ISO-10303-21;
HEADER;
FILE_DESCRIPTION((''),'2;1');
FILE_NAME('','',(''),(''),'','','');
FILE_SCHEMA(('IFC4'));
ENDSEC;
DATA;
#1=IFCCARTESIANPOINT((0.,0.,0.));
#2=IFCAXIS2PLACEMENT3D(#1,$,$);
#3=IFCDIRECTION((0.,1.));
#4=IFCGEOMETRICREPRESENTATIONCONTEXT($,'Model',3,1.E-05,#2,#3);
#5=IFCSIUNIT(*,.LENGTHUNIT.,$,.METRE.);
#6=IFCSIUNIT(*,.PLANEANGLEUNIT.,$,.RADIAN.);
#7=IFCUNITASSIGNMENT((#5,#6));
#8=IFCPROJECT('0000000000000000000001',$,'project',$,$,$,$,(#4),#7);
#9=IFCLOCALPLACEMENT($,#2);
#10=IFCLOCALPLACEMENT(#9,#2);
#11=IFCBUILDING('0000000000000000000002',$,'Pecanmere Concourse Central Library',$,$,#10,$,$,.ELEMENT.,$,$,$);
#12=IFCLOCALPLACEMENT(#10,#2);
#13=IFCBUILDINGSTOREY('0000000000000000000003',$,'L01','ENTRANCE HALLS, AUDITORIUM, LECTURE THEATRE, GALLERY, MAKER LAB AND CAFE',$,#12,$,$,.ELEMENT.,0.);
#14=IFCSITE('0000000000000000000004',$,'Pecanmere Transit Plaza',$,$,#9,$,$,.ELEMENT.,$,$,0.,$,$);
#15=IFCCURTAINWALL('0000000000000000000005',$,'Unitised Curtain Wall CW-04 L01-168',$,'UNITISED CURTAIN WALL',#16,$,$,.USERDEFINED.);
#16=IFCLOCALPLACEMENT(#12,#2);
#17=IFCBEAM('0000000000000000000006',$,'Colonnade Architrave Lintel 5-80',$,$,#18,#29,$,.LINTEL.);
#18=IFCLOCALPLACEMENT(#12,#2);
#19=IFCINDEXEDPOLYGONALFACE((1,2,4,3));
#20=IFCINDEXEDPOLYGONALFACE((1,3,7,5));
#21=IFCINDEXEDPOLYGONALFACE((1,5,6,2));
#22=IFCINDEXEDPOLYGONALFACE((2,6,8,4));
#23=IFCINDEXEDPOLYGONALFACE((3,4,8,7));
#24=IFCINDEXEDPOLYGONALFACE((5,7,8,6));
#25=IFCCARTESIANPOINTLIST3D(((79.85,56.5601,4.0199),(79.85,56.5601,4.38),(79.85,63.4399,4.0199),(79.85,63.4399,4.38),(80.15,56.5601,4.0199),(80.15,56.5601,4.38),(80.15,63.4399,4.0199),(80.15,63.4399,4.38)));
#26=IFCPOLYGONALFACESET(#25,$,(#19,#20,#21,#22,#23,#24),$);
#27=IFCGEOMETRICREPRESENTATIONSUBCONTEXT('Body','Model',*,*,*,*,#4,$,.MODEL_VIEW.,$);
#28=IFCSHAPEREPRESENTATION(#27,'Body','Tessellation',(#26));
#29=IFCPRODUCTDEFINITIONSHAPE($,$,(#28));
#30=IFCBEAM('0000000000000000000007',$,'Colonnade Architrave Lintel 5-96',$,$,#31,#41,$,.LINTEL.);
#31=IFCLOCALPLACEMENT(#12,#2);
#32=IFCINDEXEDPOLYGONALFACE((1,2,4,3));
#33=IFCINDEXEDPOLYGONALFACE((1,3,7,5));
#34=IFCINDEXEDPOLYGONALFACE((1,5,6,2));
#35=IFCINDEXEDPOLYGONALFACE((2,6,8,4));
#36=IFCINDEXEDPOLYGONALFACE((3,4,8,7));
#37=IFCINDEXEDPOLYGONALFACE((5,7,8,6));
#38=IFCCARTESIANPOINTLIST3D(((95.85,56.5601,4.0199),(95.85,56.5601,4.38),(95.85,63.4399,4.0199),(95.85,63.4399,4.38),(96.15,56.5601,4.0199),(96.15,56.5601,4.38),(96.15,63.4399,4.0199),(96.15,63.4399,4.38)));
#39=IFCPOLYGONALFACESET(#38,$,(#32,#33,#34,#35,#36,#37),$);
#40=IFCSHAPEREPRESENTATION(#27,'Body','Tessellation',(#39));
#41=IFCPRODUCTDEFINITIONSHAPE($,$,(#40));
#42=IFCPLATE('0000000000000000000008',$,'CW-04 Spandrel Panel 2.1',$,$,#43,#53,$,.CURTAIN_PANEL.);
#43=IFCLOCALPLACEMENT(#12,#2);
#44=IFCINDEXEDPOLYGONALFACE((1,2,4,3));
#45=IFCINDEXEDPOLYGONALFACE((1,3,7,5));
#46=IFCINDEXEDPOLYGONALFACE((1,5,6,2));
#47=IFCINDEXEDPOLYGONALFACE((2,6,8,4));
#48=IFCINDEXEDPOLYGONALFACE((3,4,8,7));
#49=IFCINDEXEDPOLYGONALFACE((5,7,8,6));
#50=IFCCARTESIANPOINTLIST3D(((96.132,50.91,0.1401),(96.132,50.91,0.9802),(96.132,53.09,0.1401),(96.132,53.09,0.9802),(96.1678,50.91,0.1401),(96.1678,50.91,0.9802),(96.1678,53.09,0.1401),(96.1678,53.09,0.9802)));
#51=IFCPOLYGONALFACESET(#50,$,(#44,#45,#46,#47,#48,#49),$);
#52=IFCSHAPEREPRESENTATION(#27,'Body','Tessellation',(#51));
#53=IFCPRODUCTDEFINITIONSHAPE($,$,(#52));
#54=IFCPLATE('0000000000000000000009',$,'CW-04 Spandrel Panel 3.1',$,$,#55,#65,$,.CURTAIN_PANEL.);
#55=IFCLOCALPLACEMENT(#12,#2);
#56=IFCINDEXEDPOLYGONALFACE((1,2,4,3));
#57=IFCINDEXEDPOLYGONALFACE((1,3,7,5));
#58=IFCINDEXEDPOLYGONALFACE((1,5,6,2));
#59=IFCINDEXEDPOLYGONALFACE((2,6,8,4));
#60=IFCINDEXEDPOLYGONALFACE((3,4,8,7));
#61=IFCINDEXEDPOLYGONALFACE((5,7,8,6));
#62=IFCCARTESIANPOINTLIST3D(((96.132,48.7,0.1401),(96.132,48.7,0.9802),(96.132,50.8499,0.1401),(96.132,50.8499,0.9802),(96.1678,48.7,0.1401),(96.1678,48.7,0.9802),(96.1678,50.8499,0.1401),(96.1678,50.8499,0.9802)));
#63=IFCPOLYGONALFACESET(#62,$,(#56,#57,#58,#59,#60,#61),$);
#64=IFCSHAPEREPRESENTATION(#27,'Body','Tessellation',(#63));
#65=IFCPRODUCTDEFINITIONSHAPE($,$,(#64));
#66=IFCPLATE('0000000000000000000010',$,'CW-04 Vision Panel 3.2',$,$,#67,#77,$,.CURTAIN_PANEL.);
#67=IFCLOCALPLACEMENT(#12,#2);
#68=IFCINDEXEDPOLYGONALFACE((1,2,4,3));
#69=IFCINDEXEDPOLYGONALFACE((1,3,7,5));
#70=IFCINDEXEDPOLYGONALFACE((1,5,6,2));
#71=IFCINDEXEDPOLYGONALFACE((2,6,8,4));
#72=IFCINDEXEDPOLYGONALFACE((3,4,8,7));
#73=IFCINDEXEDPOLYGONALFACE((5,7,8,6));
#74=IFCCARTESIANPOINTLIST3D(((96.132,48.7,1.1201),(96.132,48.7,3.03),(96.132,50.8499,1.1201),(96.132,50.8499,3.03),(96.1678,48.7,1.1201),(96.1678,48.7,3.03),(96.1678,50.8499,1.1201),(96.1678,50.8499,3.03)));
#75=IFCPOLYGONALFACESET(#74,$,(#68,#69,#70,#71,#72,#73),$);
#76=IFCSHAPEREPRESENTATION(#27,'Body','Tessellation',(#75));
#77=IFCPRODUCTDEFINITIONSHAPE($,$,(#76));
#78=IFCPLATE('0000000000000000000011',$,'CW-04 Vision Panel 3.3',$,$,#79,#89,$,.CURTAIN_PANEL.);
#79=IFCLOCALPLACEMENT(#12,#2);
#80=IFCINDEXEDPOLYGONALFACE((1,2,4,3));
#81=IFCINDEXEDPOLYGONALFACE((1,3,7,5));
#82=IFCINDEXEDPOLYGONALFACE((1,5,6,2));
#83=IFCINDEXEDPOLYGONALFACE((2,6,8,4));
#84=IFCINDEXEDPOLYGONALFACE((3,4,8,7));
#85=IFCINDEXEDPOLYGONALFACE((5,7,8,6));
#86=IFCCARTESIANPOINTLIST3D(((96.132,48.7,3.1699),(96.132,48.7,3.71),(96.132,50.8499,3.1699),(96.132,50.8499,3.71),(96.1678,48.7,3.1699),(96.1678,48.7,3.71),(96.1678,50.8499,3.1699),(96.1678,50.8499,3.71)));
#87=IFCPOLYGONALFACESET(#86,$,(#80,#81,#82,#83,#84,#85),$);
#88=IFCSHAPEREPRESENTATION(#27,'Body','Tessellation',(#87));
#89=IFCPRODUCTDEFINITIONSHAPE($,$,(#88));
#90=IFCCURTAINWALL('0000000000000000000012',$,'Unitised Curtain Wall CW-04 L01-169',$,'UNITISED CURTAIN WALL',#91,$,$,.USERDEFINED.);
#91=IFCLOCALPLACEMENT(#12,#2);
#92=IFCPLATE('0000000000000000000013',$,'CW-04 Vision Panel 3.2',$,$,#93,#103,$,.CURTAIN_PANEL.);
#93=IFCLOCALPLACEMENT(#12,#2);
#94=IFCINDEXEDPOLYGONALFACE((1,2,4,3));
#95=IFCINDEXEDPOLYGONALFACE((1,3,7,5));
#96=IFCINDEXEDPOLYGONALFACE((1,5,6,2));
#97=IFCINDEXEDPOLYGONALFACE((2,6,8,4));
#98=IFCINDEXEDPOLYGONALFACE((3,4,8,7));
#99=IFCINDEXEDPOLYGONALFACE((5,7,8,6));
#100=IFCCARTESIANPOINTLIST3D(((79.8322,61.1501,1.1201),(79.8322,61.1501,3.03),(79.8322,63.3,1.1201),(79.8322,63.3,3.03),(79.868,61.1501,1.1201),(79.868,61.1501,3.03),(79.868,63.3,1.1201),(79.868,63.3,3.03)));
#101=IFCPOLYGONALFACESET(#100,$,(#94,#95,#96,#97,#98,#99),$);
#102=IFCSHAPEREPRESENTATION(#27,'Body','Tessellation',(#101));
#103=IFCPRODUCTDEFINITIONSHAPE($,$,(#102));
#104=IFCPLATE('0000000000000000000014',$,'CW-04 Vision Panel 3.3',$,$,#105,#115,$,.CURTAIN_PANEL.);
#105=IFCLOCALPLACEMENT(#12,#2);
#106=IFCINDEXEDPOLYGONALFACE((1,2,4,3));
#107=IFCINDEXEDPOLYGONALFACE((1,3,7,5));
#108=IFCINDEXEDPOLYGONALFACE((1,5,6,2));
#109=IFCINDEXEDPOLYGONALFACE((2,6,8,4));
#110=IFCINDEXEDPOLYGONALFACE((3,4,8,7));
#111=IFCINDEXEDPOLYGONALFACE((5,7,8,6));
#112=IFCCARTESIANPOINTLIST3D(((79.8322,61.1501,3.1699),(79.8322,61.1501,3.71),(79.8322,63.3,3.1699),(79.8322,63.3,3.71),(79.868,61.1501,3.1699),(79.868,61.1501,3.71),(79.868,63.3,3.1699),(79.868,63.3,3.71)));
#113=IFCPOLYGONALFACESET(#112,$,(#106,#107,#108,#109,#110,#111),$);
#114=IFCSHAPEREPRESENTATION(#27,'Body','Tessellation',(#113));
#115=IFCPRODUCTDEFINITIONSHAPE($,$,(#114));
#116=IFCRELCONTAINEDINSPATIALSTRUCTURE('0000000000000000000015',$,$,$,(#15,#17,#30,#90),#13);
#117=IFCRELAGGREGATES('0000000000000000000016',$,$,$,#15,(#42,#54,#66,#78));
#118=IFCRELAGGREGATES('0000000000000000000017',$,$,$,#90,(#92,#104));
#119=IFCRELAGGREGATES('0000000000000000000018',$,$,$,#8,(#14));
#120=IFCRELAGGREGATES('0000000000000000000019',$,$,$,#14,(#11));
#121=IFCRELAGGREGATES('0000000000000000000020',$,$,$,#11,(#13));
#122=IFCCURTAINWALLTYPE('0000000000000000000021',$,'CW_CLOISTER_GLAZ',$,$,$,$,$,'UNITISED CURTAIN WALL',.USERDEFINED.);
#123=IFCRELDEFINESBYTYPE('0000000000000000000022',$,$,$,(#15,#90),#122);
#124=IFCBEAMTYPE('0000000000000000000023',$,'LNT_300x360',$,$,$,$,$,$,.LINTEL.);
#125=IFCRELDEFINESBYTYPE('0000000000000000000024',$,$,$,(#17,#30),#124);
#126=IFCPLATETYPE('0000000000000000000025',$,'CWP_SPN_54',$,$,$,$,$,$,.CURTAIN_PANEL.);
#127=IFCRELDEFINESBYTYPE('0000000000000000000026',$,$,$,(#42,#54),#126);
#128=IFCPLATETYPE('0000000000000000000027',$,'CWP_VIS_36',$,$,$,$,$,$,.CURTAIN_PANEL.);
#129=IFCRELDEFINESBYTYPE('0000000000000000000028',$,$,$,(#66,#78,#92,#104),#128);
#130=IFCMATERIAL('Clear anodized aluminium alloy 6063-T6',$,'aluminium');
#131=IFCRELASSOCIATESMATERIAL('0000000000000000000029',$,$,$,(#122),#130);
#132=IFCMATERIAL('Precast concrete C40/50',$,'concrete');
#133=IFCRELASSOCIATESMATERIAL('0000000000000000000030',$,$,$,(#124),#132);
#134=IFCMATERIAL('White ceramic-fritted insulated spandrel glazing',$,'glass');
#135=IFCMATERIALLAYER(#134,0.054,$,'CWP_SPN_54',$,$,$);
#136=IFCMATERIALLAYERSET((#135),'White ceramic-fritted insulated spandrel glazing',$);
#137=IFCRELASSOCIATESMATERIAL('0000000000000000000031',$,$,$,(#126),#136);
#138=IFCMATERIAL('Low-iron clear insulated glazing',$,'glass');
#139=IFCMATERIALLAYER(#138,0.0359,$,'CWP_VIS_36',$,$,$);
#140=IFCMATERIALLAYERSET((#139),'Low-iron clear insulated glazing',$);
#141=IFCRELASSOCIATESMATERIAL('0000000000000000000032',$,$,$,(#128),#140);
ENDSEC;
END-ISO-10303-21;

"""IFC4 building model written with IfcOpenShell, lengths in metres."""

from ifc_helpers import new_model, si_unit, direction, frame, origin, origin_2d, place, context, subcontext, project, spatial, rectangle, extrude, material, layer, layer_set, material_profile, profile_set, type_object, element, aggregate, save


model = new_model("IFC4")

# Units and contexts
model_context = context("Model", 3, precision=1e-05, world=origin(), true_north=direction((0.0, 1.0)))
body_context = subcontext(model_context, "Body", "Model", "MODEL_VIEW")
ifc_project = project(units=[si_unit("LENGTHUNIT", "METRE"), si_unit("PLANEANGLEUNIT", "RADIAN")], contexts=[model_context])

# Site, building, storey
site_placement = place(None, origin())
site = spatial("IfcSite", under=ifc_project, at=site_placement, Name="Pecanmere Transit Plaza", CompositionType="ELEMENT", RefElevation=0.0)
building_placement = place(site_placement, origin())
building = spatial("IfcBuilding", under=site, at=building_placement, Name="Pecanmere Concourse Central Library", CompositionType="ELEMENT")
storey_placement = place(building_placement, origin())
storey = spatial("IfcBuildingStorey", under=building, at=storey_placement, Name="L01", Description="ENTRANCE HALLS, AUDITORIUM, LECTURE THEATRE, GALLERY, MAKER LAB AND CAFE", CompositionType="ELEMENT", Elevation=0.0)

# Curtain wall
ifc_material_1 = material(Name="Clear anodized aluminium alloy 6063-T6", Category="aluminium")
curtain_wall_type = type_object("IfcCurtainWallType", Name="CW_CLOISTER_GLAZ", ElementType="UNITISED CURTAIN WALL", PredefinedType="USERDEFINED", material=ifc_material_1)
curtain_wall_1_placement = place(storey_placement, origin())
curtain_wall_1 = element("IfcCurtainWall", 1, at=curtain_wall_1_placement, inside=storey, type_object=curtain_wall_type, Name="Unitised Curtain Wall CW-04 L01-168", ObjectType="UNITISED CURTAIN WALL", PredefinedType="USERDEFINED")

# Beams
ifc_material_2 = material(Name="Precast concrete C40/50", Category="concrete")
ifc_material_profile_1 = material_profile(ifc_material_2, rectangle(XDim=0.3, YDim=0.3601, at=origin_2d()), Name="RC 300x360")
ifc_profile_set_1 = profile_set([ifc_material_profile_1], Name="Precast concrete C40/50")
beam_type_1 = type_object("IfcBeamType", Name="LNT_300x360", PredefinedType="LINTEL", material=ifc_profile_set_1)
for number, where, z_axis, x_axis, name in (
    (2, (80.0, 56.5601, 4.2), (0.0, 1.0, 0.0), (-1.0, 0.0, 0.0), "Colonnade Architrave Lintel 5-80"),
    (3, (96.0, 56.5601, 4.2), (0.0, 1.0, 0.0), (-1.0, 0.0, 0.0), "Colonnade Architrave Lintel 5-96"),
):
    element("IfcBeam", number, at=place(storey_placement, frame(where, z_axis=z_axis, x_axis=x_axis)), inside=storey, type_object=beam_type_1, Name=name, PredefinedType="LINTEL", context=body_context, shape_type="SweptSolid", body=[
        extrude(rectangle(XDim=0.3, YDim=0.3601, at=origin_2d()), origin(), (0.0, 0.0, 1.0), 6.8799),
    ])

# Plates
ifc_material_3 = material(Name="White ceramic-fritted insulated spandrel glazing", Category="glass")
ifc_layer_1 = layer(ifc_material_3, 0.054, Name="CWP_SPN_54")
ifc_layer_set_1 = layer_set([ifc_layer_1], Name="White ceramic-fritted insulated spandrel glazing")
plate_type_1 = type_object("IfcPlateType", Name="CWP_SPN_54", PredefinedType="CURTAIN_PANEL", material=ifc_layer_set_1)
plate_1_placement = place(storey_placement, frame((96.1499, 52.0, 0.1401), z_axis=(0.0, 0.0, 1.0), x_axis=(0.0, -1.0, 0.0)))
plate_1 = element("IfcPlate", 4, at=plate_1_placement, type_object=plate_type_1, Name="CW-04 Spandrel Panel 2.1", PredefinedType="CURTAIN_PANEL", context=body_context, shape_type="SweptSolid", body=[
    extrude(rectangle(XDim=2.1799, YDim=0.0359, at=origin_2d()), origin(), (0.0, 0.0, 1.0), 0.8401),
])
plate_2_placement = place(storey_placement, frame((96.1499, 49.7749, 0.1401), z_axis=(0.0, 0.0, 1.0), x_axis=(0.0, -1.0, 0.0)))
plate_2 = element("IfcPlate", 5, at=plate_2_placement, type_object=plate_type_1, Name="CW-04 Spandrel Panel 3.1", PredefinedType="CURTAIN_PANEL", context=body_context, shape_type="SweptSolid", body=[
    extrude(rectangle(XDim=2.1499, YDim=0.0359, at=origin_2d()), origin(), (0.0, 0.0, 1.0), 0.8401),
])
ifc_material_4 = material(Name="Low-iron clear insulated glazing", Category="glass")
ifc_layer_2 = layer(ifc_material_4, 0.0359, Name="CWP_VIS_36")
ifc_layer_set_2 = layer_set([ifc_layer_2], Name="Low-iron clear insulated glazing")
plate_type_2 = type_object("IfcPlateType", Name="CWP_VIS_36", PredefinedType="CURTAIN_PANEL", material=ifc_layer_set_2)
plate_3_placement = place(storey_placement, frame((96.1499, 49.7749, 1.1201), z_axis=(0.0, 0.0, 1.0), x_axis=(0.0, -1.0, 0.0)))
plate_3 = element("IfcPlate", 6, at=plate_3_placement, type_object=plate_type_2, Name="CW-04 Vision Panel 3.2", PredefinedType="CURTAIN_PANEL", context=body_context, shape_type="SweptSolid", body=[
    extrude(rectangle(XDim=2.1499, YDim=0.0359, at=origin_2d()), origin(), (0.0, 0.0, 1.0), 1.9099),
])
plate_4_placement = place(storey_placement, frame((96.1499, 49.7749, 3.1699), z_axis=(0.0, 0.0, 1.0), x_axis=(0.0, -1.0, 0.0)))
plate_4 = element("IfcPlate", 7, at=plate_4_placement, type_object=plate_type_2, Name="CW-04 Vision Panel 3.3", PredefinedType="CURTAIN_PANEL", context=body_context, shape_type="SweptSolid", body=[
    extrude(rectangle(XDim=2.1499, YDim=0.0359, at=origin_2d()), origin(), (0.0, 0.0, 1.0), 0.54),
])
aggregate(curtain_wall_1, [plate_1, plate_2, plate_3, plate_4])

# Curtain wall, plates
curtain_wall_2_placement = place(storey_placement, origin())
curtain_wall_2 = element("IfcCurtainWall", 8, at=curtain_wall_2_placement, inside=storey, type_object=curtain_wall_type, Name="Unitised Curtain Wall CW-04 L01-169", ObjectType="UNITISED CURTAIN WALL", PredefinedType="USERDEFINED")
plate_5_placement = place(storey_placement, frame((79.8501, 62.2251, 1.1201), z_axis=(0.0, 0.0, 1.0), x_axis=(0.0, 1.0, 0.0)))
plate_5 = element("IfcPlate", 9, at=plate_5_placement, type_object=plate_type_2, Name="CW-04 Vision Panel 3.2", PredefinedType="CURTAIN_PANEL", context=body_context, shape_type="SweptSolid", body=[
    extrude(rectangle(XDim=2.1499, YDim=0.0359, at=origin_2d()), origin(), (0.0, 0.0, 1.0), 1.9099),
])
plate_6_placement = place(storey_placement, frame((79.8501, 62.2251, 3.1699), z_axis=(0.0, 0.0, 1.0), x_axis=(0.0, 1.0, 0.0)))
plate_6 = element("IfcPlate", 10, at=plate_6_placement, type_object=plate_type_2, Name="CW-04 Vision Panel 3.3", PredefinedType="CURTAIN_PANEL", context=body_context, shape_type="SweptSolid", body=[
    extrude(rectangle(XDim=2.1499, YDim=0.0359, at=origin_2d()), origin(), (0.0, 0.0, 1.0), 0.54),
])
aggregate(curtain_wall_2, [plate_5, plate_6])

save(model, "model.ifc")
